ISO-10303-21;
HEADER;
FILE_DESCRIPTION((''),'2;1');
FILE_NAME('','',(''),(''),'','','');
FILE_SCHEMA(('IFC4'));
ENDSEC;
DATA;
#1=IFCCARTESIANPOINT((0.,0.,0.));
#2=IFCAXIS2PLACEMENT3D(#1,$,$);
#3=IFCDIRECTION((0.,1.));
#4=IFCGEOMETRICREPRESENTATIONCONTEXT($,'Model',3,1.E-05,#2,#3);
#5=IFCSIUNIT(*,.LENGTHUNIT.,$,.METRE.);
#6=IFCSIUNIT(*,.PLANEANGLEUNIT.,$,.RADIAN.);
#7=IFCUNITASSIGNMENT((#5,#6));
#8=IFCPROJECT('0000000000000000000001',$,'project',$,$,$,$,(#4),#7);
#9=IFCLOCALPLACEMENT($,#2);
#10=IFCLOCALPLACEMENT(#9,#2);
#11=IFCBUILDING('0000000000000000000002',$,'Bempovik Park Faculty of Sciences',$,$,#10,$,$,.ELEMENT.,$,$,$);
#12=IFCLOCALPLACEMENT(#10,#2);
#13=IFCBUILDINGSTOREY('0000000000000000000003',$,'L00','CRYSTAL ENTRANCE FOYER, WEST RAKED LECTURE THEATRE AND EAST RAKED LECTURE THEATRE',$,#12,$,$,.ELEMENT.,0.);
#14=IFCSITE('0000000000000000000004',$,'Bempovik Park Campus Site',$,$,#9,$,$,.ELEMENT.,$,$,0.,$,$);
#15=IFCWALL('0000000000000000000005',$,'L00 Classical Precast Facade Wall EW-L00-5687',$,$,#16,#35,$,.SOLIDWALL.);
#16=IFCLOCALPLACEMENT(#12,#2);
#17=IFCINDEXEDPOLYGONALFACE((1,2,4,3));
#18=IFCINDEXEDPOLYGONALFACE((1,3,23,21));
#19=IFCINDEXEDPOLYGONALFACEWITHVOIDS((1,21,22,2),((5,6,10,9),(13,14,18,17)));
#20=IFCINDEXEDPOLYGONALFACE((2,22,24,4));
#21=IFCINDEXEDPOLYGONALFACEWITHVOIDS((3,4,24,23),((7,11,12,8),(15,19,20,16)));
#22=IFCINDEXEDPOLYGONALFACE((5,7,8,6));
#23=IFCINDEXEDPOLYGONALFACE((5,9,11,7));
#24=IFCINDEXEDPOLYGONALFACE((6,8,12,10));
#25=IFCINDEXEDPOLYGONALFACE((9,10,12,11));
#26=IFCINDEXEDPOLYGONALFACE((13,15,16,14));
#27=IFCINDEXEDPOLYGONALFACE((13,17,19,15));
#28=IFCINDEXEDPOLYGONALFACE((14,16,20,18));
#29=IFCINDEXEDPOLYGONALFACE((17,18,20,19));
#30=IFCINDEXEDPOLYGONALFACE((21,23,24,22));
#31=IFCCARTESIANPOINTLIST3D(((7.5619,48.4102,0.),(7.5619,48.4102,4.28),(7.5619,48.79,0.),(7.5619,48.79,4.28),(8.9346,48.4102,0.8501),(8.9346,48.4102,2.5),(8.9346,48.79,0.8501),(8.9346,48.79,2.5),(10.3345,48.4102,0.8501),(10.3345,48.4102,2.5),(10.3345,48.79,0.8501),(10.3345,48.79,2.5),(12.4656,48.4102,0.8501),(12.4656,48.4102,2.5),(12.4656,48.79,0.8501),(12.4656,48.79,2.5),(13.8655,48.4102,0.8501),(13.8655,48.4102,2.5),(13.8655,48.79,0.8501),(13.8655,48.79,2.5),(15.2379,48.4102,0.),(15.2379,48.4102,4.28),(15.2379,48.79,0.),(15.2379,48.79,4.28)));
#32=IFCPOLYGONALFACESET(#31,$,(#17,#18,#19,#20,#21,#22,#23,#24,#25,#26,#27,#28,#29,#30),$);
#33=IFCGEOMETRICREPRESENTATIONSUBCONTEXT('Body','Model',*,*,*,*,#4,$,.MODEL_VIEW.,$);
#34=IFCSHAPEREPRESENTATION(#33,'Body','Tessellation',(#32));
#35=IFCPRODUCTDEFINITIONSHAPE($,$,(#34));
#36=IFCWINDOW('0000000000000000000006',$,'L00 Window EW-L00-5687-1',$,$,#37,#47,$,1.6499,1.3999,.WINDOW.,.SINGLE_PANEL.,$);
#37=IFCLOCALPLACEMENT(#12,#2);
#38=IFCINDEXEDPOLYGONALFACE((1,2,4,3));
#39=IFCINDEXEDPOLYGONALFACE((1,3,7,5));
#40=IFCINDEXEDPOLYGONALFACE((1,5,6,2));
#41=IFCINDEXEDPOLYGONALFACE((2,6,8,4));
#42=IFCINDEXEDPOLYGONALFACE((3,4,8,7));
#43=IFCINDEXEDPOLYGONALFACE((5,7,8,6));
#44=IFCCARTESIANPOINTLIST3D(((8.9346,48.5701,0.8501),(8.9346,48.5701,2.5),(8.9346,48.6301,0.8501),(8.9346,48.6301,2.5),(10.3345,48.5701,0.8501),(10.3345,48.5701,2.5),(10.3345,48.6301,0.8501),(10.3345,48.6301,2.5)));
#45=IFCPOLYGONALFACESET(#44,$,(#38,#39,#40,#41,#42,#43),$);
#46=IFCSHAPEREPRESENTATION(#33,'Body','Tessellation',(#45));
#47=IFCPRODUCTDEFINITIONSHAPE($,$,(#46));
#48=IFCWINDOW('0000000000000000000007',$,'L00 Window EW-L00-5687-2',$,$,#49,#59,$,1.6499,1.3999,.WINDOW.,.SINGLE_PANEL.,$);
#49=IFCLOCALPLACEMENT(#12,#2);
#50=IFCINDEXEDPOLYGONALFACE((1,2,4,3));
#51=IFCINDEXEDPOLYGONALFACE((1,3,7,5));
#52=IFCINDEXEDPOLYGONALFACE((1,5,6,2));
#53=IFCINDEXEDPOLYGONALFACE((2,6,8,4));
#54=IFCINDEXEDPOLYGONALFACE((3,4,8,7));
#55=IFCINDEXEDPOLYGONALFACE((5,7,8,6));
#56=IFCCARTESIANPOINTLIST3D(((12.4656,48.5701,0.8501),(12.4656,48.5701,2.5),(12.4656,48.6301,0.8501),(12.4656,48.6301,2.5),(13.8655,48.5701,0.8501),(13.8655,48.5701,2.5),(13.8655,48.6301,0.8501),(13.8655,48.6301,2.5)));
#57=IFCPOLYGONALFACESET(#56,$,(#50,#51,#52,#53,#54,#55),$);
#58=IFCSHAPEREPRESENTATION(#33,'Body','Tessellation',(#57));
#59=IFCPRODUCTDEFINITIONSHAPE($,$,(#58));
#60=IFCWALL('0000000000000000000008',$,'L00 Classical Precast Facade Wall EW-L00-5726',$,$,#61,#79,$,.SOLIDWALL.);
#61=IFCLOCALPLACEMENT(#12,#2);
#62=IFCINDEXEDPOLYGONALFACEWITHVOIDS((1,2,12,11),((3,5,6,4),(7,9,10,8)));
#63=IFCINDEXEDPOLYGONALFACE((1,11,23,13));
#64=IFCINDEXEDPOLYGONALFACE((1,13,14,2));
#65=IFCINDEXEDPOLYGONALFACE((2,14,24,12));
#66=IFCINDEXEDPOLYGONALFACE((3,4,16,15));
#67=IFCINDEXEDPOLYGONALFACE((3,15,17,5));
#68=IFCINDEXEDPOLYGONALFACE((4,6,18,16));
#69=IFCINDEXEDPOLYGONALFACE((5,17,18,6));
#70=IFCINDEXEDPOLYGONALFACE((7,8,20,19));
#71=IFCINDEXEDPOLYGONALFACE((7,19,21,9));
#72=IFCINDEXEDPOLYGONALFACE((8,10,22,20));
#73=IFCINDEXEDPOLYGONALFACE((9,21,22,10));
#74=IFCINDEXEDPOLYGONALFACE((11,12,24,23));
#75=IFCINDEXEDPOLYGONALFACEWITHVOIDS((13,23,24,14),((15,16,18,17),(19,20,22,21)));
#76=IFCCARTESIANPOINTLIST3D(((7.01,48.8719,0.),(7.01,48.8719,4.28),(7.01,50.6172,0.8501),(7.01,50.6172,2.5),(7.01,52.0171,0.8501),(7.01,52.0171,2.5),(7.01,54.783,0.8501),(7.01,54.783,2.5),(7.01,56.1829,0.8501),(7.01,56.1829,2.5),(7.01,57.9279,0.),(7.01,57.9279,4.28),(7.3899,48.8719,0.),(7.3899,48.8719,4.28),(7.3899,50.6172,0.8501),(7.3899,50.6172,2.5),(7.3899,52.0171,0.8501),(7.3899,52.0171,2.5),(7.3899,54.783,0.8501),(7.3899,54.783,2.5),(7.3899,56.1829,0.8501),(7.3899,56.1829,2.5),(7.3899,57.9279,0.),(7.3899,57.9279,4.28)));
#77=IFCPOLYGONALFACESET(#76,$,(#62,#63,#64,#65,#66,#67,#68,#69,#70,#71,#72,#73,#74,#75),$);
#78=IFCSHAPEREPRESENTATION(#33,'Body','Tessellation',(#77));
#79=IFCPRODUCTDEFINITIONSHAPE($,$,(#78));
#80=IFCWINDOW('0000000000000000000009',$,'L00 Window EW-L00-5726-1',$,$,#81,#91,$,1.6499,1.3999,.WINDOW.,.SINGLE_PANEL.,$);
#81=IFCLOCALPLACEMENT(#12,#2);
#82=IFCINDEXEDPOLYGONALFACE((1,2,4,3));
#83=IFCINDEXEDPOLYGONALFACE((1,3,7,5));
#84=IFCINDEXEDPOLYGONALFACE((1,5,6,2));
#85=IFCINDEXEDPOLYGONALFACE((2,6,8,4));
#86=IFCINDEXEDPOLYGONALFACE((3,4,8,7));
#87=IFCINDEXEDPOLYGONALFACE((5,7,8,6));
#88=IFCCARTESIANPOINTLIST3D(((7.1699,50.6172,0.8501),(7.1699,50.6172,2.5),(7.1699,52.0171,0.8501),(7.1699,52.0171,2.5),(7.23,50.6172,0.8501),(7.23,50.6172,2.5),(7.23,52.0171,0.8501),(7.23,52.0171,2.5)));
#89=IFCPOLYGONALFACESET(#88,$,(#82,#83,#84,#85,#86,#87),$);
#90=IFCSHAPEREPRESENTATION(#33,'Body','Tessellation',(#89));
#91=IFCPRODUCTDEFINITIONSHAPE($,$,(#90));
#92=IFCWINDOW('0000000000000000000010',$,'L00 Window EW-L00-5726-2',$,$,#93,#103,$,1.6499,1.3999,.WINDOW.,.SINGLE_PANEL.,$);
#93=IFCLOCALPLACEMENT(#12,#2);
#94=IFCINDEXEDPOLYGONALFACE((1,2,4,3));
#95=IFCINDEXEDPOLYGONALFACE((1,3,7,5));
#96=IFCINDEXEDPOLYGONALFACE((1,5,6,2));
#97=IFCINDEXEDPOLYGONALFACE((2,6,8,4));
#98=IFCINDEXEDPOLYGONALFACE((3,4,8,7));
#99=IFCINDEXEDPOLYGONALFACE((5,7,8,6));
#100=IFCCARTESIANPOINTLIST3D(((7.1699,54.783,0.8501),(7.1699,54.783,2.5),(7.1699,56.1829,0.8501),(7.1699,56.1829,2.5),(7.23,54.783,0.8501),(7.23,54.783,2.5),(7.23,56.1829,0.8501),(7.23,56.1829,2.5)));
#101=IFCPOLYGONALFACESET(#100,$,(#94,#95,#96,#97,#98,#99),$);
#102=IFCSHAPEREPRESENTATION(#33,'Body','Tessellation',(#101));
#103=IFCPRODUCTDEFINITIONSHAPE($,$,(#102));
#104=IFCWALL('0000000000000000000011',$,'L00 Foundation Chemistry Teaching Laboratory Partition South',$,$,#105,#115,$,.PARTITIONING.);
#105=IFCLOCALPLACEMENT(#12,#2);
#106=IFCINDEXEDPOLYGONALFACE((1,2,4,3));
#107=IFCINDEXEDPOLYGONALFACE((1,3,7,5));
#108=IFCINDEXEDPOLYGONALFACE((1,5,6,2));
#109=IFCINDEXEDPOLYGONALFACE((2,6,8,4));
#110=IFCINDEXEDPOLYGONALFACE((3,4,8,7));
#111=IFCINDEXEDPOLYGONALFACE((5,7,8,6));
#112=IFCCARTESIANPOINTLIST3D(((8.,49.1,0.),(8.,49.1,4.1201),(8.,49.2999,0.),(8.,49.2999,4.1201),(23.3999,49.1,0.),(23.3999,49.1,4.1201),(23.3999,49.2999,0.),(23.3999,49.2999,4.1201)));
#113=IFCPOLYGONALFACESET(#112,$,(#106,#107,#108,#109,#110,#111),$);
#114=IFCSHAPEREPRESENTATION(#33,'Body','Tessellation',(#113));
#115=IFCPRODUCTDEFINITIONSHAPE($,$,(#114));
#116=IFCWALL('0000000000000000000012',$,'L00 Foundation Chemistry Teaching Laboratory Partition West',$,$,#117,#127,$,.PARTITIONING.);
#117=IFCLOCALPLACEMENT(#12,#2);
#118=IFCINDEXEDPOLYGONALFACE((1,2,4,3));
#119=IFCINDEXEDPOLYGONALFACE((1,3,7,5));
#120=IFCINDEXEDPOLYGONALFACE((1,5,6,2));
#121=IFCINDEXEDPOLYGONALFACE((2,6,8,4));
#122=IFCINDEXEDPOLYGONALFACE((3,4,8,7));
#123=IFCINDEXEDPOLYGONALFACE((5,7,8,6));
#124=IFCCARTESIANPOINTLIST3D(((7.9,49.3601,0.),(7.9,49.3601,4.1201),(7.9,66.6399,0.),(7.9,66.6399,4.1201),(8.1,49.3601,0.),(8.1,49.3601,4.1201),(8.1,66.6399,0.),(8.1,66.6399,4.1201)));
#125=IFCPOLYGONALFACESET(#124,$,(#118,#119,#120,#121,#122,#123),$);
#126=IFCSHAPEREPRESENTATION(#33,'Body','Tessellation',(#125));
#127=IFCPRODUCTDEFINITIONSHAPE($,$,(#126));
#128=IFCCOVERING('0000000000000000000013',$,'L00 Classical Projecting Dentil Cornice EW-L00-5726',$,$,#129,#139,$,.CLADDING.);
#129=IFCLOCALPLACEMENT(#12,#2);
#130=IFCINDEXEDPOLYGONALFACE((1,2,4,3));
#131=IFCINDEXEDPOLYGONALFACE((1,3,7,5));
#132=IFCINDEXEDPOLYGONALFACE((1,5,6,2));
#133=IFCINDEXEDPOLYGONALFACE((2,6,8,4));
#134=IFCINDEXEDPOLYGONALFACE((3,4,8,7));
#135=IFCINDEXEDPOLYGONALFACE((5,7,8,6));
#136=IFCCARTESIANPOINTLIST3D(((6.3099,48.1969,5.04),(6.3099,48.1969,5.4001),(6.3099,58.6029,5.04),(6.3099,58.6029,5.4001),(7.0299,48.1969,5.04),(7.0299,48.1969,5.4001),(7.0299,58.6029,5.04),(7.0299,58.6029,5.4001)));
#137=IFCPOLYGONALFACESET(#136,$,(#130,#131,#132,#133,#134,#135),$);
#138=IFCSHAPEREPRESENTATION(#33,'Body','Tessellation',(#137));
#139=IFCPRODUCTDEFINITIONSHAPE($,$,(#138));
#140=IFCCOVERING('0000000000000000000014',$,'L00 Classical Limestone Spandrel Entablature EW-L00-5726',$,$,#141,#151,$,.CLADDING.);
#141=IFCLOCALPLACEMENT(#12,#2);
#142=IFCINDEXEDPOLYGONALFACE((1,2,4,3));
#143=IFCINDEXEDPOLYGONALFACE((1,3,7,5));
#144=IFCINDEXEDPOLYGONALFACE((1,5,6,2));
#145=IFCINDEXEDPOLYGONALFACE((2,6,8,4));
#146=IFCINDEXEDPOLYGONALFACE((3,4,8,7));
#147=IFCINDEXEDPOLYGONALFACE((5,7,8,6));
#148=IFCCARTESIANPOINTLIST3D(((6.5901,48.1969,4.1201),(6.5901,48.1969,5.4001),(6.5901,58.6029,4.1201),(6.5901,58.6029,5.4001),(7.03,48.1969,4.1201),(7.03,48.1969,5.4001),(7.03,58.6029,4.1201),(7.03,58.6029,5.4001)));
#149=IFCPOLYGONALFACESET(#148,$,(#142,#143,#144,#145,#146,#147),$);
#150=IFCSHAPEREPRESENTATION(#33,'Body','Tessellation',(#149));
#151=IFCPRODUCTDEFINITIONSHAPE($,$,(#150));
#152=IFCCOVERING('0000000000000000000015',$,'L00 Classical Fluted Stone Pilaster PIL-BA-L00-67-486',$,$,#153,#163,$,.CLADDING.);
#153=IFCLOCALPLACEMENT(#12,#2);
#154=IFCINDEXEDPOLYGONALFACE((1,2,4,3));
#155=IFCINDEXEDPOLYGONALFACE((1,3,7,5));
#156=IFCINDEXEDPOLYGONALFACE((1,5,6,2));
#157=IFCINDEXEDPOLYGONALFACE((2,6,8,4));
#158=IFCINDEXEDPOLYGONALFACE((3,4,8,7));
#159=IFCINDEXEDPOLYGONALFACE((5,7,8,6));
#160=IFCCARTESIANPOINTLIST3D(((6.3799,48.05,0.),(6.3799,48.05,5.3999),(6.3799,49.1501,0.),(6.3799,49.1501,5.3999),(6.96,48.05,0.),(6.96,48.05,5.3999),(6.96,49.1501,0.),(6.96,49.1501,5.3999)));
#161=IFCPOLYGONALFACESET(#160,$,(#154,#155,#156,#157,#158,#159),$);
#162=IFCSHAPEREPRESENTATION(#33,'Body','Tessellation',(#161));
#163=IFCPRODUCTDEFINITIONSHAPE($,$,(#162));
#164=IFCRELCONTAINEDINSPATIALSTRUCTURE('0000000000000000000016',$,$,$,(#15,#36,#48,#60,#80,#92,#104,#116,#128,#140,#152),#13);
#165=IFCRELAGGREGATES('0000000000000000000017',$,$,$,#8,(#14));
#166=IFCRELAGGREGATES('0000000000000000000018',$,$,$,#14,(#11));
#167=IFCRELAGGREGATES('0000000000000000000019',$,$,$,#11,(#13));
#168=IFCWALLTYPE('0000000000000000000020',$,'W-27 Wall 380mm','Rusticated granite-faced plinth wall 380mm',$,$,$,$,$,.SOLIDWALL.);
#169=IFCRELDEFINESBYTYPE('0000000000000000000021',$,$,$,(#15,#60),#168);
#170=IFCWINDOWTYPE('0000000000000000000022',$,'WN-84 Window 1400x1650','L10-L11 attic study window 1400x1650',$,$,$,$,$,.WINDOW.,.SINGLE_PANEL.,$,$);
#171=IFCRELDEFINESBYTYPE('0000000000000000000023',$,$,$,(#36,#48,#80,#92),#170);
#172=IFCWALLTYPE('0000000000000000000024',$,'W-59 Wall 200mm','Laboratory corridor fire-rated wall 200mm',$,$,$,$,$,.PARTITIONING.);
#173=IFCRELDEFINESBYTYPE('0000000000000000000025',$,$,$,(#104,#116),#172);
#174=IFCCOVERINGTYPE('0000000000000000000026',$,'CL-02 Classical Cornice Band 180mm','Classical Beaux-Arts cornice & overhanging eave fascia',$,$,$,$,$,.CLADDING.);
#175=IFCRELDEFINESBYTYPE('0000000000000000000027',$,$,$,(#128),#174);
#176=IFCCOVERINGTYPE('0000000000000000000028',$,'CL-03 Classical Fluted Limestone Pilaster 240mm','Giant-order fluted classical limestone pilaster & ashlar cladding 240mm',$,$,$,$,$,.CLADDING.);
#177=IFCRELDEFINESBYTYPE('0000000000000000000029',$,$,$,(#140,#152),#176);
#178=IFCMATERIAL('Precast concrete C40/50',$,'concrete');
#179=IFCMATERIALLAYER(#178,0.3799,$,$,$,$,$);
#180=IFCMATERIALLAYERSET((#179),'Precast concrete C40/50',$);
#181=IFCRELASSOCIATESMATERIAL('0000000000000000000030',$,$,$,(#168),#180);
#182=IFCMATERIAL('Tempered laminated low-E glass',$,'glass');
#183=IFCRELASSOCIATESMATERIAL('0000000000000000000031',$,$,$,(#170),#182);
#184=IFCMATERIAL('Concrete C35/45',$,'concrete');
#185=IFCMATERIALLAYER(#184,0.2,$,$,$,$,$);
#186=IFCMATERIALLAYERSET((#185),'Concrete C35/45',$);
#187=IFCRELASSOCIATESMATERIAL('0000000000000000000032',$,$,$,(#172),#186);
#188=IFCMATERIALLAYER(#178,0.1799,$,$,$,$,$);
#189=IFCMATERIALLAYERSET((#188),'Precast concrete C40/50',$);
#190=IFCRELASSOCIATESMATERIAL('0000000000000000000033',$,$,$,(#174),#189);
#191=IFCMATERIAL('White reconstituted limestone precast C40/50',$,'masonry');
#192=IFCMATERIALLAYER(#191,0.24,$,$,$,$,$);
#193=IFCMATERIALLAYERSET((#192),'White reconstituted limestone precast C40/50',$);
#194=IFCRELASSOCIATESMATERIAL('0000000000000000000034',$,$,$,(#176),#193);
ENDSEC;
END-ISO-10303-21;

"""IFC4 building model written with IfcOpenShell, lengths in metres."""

from ifc_helpers import new_model, si_unit, direction, frame, frame_2d, origin, origin_2d, place, context, subcontext, project, spatial, rectangle, extrude, material, layer, layer_set, type_object, element, fill, save


model = new_model("IFC4")

# Units and contexts
model_context = context("Model", 3, precision=1e-05, world=origin(), true_north=direction((0.0, 1.0)))
body_context = subcontext(model_context, "Body", "Model", "MODEL_VIEW")
ifc_project = project(units=[si_unit("LENGTHUNIT", "METRE"), si_unit("PLANEANGLEUNIT", "RADIAN")], contexts=[model_context])

# Site, building, storey
site_placement = place(None, origin())
site = spatial("IfcSite", under=ifc_project, at=site_placement, Name="Bempovik Park Campus Site", CompositionType="ELEMENT", RefElevation=0.0)
building_placement = place(site_placement, origin())
building = spatial("IfcBuilding", under=site, at=building_placement, Name="Bempovik Park Faculty of Sciences", CompositionType="ELEMENT")
storey_placement = place(building_placement, origin())
storey = spatial("IfcBuildingStorey", under=building, at=storey_placement, Name="L00", Description="CRYSTAL ENTRANCE FOYER, WEST RAKED LECTURE THEATRE AND EAST RAKED LECTURE THEATRE", CompositionType="ELEMENT", Elevation=0.0)

# Shared definitions
ifc_material_1 = material(Name="Concrete C35/45", Category="concrete")

# Walls, openings, windows
ifc_material_2 = material(Name="Precast concrete C40/50", Category="concrete")
ifc_layer_1 = layer(ifc_material_2, 0.3799)
ifc_layer_set_1 = layer_set([ifc_layer_1], Name="Precast concrete C40/50")
wall_type_1 = type_object("IfcWallType", Name="W-27 Wall 380mm", Description="Rusticated granite-faced plinth wall 380mm", PredefinedType="SOLIDWALL", material=ifc_layer_set_1)
wall_1_placement = place(storey_placement, frame((7.562, 48.6001, 0.0), z_axis=(0.0, 0.0, 1.0), x_axis=(1.0, 0.0, 0.0)))
wall_1 = element("IfcWall", 1, at=wall_1_placement, inside=storey, type_object=wall_type_1, Name="L00 Classical Precast Facade Wall EW-L00-5687", PredefinedType="SOLIDWALL", context=body_context, shape_type="SweptSolid", body=[
    extrude(rectangle(XDim=7.676, YDim=0.3799, at=frame_2d((3.8379, 0.0))), origin(), (0.0, 0.0, 1.0), 4.28),
])
opening_1_placement = place(wall_1_placement, frame((1.3726, 0.0, 0.8501)))
opening_1 = element("IfcOpeningElement", 2, at=opening_1_placement, cuts=wall_1, PredefinedType="OPENING", context=body_context, shape_type="SweptSolid", body=[
    extrude(rectangle(XDim=1.3999, YDim=1.6499, at=frame_2d((0.7, 0.825))), frame((0.0, 0.2, 0.0), z_axis=(0.0, -1.0, 0.0), x_axis=(1.0, 0.0, 0.0)), (0.0, 0.0, 1.0), 0.3999),
])
opening_2_placement = place(wall_1_placement, frame((4.9036, 0.0, 0.8501)))
opening_2 = element("IfcOpeningElement", 3, at=opening_2_placement, cuts=wall_1, PredefinedType="OPENING", context=body_context, shape_type="SweptSolid", body=[
    extrude(rectangle(XDim=1.3999, YDim=1.6499, at=frame_2d((0.7, 0.825))), frame((0.0, 0.2, 0.0), z_axis=(0.0, -1.0, 0.0), x_axis=(1.0, 0.0, 0.0)), (0.0, 0.0, 1.0), 0.3999),
])
ifc_material_3 = material(Name="Tempered laminated low-E glass", Category="glass")
window_type = type_object("IfcWindowType", Name="WN-84 Window 1400x1650", Description="L10-L11 attic study window 1400x1650", PartitioningType="SINGLE_PANEL", PredefinedType="WINDOW", material=ifc_material_3)
window_1_placement = place(opening_1_placement, origin())
window_1 = element("IfcWindow", 4, at=window_1_placement, inside=storey, type_object=window_type, Name="L00 Window EW-L00-5687-1", OverallHeight=1.6499, OverallWidth=1.3999, PartitioningType="SINGLE_PANEL", PredefinedType="WINDOW", context=body_context, shape_type="SweptSolid", body=[
    extrude(rectangle(XDim=1.3999, YDim=1.6499, at=frame_2d((0.7, 0.825))), frame((0.0, 0.03, 0.0), z_axis=(0.0, -1.0, 0.0), x_axis=(1.0, 0.0, 0.0)), (0.0, 0.0, 1.0), 0.0601),
])
fill(opening_1, window_1)
window_2_placement = place(opening_2_placement, origin())
window_2 = element("IfcWindow", 5, at=window_2_placement, inside=storey, type_object=window_type, Name="L00 Window EW-L00-5687-2", OverallHeight=1.6499, OverallWidth=1.3999, PartitioningType="SINGLE_PANEL", PredefinedType="WINDOW", context=body_context, shape_type="SweptSolid", body=[
    extrude(rectangle(XDim=1.3999, YDim=1.6499, at=frame_2d((0.7, 0.825))), frame((0.0, 0.03, 0.0), z_axis=(0.0, -1.0, 0.0), x_axis=(1.0, 0.0, 0.0)), (0.0, 0.0, 1.0), 0.0601),
])
fill(opening_2, window_2)
wall_2_placement = place(storey_placement, frame((7.2, 48.8721, 0.0), z_axis=(0.0, 0.0, 1.0), x_axis=(0.0, 1.0, 0.0)))
wall_2 = element("IfcWall", 6, at=wall_2_placement, inside=storey, type_object=wall_type_1, Name="L00 Classical Precast Facade Wall EW-L00-5726", PredefinedType="SOLIDWALL", context=body_context, shape_type="SweptSolid", body=[
    extrude(rectangle(XDim=9.0559, YDim=0.3799, at=frame_2d((4.5278, 0.0))), origin(), (0.0, 0.0, 1.0), 4.28),
])
opening_3_placement = place(wall_2_placement, frame((1.7451, 0.0, 0.8501)))
opening_3 = element("IfcOpeningElement", 7, at=opening_3_placement, cuts=wall_2, PredefinedType="OPENING", context=body_context, shape_type="SweptSolid", body=[
    extrude(rectangle(XDim=1.3999, YDim=1.6499, at=frame_2d((0.7, 0.825))), frame((0.0, 0.2, 0.0), z_axis=(0.0, -1.0, 0.0), x_axis=(1.0, 0.0, 0.0)), (0.0, 0.0, 1.0), 0.3999),
])
opening_4_placement = place(wall_2_placement, frame((5.9109, 0.0, 0.8501)))
opening_4 = element("IfcOpeningElement", 8, at=opening_4_placement, cuts=wall_2, PredefinedType="OPENING", context=body_context, shape_type="SweptSolid", body=[
    extrude(rectangle(XDim=1.3999, YDim=1.6499, at=frame_2d((0.7, 0.825))), frame((0.0, 0.2, 0.0), z_axis=(0.0, -1.0, 0.0), x_axis=(1.0, 0.0, 0.0)), (0.0, 0.0, 1.0), 0.3999),
])
window_3_placement = place(opening_3_placement, origin())
window_3 = element("IfcWindow", 9, at=window_3_placement, inside=storey, type_object=window_type, Name="L00 Window EW-L00-5726-1", OverallHeight=1.6499, OverallWidth=1.3999, PartitioningType="SINGLE_PANEL", PredefinedType="WINDOW", context=body_context, shape_type="SweptSolid", body=[
    extrude(rectangle(XDim=1.3999, YDim=1.6499, at=frame_2d((0.7, 0.825))), frame((0.0, 0.03, 0.0), z_axis=(0.0, -1.0, 0.0), x_axis=(1.0, 0.0, 0.0)), (0.0, 0.0, 1.0), 0.0601),
])
fill(opening_3, window_3)
window_4_placement = place(opening_4_placement, origin())
window_4 = element("IfcWindow", 10, at=window_4_placement, inside=storey, type_object=window_type, Name="L00 Window EW-L00-5726-2", OverallHeight=1.6499, OverallWidth=1.3999, PartitioningType="SINGLE_PANEL", PredefinedType="WINDOW", context=body_context, shape_type="SweptSolid", body=[
    extrude(rectangle(XDim=1.3999, YDim=1.6499, at=frame_2d((0.7, 0.825))), frame((0.0, 0.03, 0.0), z_axis=(0.0, -1.0, 0.0), x_axis=(1.0, 0.0, 0.0)), (0.0, 0.0, 1.0), 0.0601),
])
fill(opening_4, window_4)

# Walls
ifc_layer_2 = layer(ifc_material_1, 0.2)
ifc_layer_set_2 = layer_set([ifc_layer_2], Name="Concrete C35/45")
wall_type_2 = type_object("IfcWallType", Name="W-59 Wall 200mm", Description="Laboratory corridor fire-rated wall 200mm", PredefinedType="PARTITIONING", material=ifc_layer_set_2)
wall_3_placement = place(storey_placement, frame((8.0, 49.2, 0.0), z_axis=(0.0, 0.0, 1.0), x_axis=(1.0, 0.0, 0.0)))
element("IfcWall", 11, at=wall_3_placement, inside=storey, type_object=wall_type_2, Name="L00 Foundation Chemistry Teaching Laboratory Partition South", PredefinedType="PARTITIONING", context=body_context, shape_type="SweptSolid", body=[
    extrude(rectangle(XDim=15.3999, YDim=0.2, at=frame_2d((7.7, 0.0))), origin(), (0.0, 0.0, 1.0), 4.1201),
])
wall_4_placement = place(storey_placement, frame((8.0, 49.3601, 0.0), z_axis=(0.0, 0.0, 1.0), x_axis=(0.0, 1.0, 0.0)))
element("IfcWall", 12, at=wall_4_placement, inside=storey, type_object=wall_type_2, Name="L00 Foundation Chemistry Teaching Laboratory Partition West", PredefinedType="PARTITIONING", context=body_context, shape_type="SweptSolid", body=[
    extrude(rectangle(XDim=17.2798, YDim=0.2, at=frame_2d((8.6399, 0.0))), origin(), (0.0, 0.0, 1.0), 4.1201),
])

# Coverings
ifc_layer_3 = layer(ifc_material_2, 0.1799)
ifc_layer_set_3 = layer_set([ifc_layer_3], Name="Precast concrete C40/50")
covering_type_1 = type_object("IfcCoveringType", Name="CL-02 Classical Cornice Band 180mm", Description="Classical Beaux-Arts cornice & overhanging eave fascia", PredefinedType="CLADDING", material=ifc_layer_set_3)
covering_1_placement = place(storey_placement, frame((6.6699, 53.3999, 5.04), z_axis=(0.0, 0.0, 1.0), x_axis=(1.0, 0.0, 0.0)))
element("IfcCovering", 13, at=covering_1_placement, inside=storey, type_object=covering_type_1, Name="L00 Classical Projecting Dentil Cornice EW-L00-5726", PredefinedType="CLADDING", context=body_context, shape_type="SweptSolid", body=[
    extrude(rectangle(XDim=0.72, YDim=10.406, at=origin_2d()), origin(), (0.0, 0.0, 1.0), 0.3601),
])
ifc_material_4 = material(Name="White reconstituted limestone precast C40/50", Category="masonry")
ifc_layer_4 = layer(ifc_material_4, 0.24)
ifc_layer_set_4 = layer_set([ifc_layer_4], Name="White reconstituted limestone precast C40/50")
covering_type_2 = type_object("IfcCoveringType", Name="CL-03 Classical Fluted Limestone Pilaster 240mm", Description="Giant-order fluted classical limestone pilaster & ashlar cladding 240mm", PredefinedType="CLADDING", material=ifc_layer_set_4)
covering_2_placement = place(storey_placement, frame((6.8101, 53.3999, 4.1201), z_axis=(0.0, 0.0, 1.0), x_axis=(1.0, 0.0, 0.0)))
element("IfcCovering", 14, at=covering_2_placement, inside=storey, type_object=covering_type_2, Name="L00 Classical Limestone Spandrel Entablature EW-L00-5726", PredefinedType="CLADDING", context=body_context, shape_type="SweptSolid", body=[
    extrude(rectangle(XDim=0.4399, YDim=10.406, at=origin_2d()), origin(), (0.0, 0.0, 1.0), 1.28),
])
covering_3_placement = place(storey_placement, frame((6.6699, 48.6001, 0.0), z_axis=(0.0, 0.0, 1.0), x_axis=(1.0, 0.0, 0.0)))
element("IfcCovering", 15, at=covering_3_placement, inside=storey, type_object=covering_type_2, Name="L00 Classical Fluted Stone Pilaster PIL-BA-L00-67-486", PredefinedType="CLADDING", context=body_context, shape_type="SweptSolid", body=[
    extrude(rectangle(XDim=0.5801, YDim=1.1001, at=origin_2d()), origin(), (0.0, 0.0, 1.0), 5.3999),
])

save(model, "model.ifc")
